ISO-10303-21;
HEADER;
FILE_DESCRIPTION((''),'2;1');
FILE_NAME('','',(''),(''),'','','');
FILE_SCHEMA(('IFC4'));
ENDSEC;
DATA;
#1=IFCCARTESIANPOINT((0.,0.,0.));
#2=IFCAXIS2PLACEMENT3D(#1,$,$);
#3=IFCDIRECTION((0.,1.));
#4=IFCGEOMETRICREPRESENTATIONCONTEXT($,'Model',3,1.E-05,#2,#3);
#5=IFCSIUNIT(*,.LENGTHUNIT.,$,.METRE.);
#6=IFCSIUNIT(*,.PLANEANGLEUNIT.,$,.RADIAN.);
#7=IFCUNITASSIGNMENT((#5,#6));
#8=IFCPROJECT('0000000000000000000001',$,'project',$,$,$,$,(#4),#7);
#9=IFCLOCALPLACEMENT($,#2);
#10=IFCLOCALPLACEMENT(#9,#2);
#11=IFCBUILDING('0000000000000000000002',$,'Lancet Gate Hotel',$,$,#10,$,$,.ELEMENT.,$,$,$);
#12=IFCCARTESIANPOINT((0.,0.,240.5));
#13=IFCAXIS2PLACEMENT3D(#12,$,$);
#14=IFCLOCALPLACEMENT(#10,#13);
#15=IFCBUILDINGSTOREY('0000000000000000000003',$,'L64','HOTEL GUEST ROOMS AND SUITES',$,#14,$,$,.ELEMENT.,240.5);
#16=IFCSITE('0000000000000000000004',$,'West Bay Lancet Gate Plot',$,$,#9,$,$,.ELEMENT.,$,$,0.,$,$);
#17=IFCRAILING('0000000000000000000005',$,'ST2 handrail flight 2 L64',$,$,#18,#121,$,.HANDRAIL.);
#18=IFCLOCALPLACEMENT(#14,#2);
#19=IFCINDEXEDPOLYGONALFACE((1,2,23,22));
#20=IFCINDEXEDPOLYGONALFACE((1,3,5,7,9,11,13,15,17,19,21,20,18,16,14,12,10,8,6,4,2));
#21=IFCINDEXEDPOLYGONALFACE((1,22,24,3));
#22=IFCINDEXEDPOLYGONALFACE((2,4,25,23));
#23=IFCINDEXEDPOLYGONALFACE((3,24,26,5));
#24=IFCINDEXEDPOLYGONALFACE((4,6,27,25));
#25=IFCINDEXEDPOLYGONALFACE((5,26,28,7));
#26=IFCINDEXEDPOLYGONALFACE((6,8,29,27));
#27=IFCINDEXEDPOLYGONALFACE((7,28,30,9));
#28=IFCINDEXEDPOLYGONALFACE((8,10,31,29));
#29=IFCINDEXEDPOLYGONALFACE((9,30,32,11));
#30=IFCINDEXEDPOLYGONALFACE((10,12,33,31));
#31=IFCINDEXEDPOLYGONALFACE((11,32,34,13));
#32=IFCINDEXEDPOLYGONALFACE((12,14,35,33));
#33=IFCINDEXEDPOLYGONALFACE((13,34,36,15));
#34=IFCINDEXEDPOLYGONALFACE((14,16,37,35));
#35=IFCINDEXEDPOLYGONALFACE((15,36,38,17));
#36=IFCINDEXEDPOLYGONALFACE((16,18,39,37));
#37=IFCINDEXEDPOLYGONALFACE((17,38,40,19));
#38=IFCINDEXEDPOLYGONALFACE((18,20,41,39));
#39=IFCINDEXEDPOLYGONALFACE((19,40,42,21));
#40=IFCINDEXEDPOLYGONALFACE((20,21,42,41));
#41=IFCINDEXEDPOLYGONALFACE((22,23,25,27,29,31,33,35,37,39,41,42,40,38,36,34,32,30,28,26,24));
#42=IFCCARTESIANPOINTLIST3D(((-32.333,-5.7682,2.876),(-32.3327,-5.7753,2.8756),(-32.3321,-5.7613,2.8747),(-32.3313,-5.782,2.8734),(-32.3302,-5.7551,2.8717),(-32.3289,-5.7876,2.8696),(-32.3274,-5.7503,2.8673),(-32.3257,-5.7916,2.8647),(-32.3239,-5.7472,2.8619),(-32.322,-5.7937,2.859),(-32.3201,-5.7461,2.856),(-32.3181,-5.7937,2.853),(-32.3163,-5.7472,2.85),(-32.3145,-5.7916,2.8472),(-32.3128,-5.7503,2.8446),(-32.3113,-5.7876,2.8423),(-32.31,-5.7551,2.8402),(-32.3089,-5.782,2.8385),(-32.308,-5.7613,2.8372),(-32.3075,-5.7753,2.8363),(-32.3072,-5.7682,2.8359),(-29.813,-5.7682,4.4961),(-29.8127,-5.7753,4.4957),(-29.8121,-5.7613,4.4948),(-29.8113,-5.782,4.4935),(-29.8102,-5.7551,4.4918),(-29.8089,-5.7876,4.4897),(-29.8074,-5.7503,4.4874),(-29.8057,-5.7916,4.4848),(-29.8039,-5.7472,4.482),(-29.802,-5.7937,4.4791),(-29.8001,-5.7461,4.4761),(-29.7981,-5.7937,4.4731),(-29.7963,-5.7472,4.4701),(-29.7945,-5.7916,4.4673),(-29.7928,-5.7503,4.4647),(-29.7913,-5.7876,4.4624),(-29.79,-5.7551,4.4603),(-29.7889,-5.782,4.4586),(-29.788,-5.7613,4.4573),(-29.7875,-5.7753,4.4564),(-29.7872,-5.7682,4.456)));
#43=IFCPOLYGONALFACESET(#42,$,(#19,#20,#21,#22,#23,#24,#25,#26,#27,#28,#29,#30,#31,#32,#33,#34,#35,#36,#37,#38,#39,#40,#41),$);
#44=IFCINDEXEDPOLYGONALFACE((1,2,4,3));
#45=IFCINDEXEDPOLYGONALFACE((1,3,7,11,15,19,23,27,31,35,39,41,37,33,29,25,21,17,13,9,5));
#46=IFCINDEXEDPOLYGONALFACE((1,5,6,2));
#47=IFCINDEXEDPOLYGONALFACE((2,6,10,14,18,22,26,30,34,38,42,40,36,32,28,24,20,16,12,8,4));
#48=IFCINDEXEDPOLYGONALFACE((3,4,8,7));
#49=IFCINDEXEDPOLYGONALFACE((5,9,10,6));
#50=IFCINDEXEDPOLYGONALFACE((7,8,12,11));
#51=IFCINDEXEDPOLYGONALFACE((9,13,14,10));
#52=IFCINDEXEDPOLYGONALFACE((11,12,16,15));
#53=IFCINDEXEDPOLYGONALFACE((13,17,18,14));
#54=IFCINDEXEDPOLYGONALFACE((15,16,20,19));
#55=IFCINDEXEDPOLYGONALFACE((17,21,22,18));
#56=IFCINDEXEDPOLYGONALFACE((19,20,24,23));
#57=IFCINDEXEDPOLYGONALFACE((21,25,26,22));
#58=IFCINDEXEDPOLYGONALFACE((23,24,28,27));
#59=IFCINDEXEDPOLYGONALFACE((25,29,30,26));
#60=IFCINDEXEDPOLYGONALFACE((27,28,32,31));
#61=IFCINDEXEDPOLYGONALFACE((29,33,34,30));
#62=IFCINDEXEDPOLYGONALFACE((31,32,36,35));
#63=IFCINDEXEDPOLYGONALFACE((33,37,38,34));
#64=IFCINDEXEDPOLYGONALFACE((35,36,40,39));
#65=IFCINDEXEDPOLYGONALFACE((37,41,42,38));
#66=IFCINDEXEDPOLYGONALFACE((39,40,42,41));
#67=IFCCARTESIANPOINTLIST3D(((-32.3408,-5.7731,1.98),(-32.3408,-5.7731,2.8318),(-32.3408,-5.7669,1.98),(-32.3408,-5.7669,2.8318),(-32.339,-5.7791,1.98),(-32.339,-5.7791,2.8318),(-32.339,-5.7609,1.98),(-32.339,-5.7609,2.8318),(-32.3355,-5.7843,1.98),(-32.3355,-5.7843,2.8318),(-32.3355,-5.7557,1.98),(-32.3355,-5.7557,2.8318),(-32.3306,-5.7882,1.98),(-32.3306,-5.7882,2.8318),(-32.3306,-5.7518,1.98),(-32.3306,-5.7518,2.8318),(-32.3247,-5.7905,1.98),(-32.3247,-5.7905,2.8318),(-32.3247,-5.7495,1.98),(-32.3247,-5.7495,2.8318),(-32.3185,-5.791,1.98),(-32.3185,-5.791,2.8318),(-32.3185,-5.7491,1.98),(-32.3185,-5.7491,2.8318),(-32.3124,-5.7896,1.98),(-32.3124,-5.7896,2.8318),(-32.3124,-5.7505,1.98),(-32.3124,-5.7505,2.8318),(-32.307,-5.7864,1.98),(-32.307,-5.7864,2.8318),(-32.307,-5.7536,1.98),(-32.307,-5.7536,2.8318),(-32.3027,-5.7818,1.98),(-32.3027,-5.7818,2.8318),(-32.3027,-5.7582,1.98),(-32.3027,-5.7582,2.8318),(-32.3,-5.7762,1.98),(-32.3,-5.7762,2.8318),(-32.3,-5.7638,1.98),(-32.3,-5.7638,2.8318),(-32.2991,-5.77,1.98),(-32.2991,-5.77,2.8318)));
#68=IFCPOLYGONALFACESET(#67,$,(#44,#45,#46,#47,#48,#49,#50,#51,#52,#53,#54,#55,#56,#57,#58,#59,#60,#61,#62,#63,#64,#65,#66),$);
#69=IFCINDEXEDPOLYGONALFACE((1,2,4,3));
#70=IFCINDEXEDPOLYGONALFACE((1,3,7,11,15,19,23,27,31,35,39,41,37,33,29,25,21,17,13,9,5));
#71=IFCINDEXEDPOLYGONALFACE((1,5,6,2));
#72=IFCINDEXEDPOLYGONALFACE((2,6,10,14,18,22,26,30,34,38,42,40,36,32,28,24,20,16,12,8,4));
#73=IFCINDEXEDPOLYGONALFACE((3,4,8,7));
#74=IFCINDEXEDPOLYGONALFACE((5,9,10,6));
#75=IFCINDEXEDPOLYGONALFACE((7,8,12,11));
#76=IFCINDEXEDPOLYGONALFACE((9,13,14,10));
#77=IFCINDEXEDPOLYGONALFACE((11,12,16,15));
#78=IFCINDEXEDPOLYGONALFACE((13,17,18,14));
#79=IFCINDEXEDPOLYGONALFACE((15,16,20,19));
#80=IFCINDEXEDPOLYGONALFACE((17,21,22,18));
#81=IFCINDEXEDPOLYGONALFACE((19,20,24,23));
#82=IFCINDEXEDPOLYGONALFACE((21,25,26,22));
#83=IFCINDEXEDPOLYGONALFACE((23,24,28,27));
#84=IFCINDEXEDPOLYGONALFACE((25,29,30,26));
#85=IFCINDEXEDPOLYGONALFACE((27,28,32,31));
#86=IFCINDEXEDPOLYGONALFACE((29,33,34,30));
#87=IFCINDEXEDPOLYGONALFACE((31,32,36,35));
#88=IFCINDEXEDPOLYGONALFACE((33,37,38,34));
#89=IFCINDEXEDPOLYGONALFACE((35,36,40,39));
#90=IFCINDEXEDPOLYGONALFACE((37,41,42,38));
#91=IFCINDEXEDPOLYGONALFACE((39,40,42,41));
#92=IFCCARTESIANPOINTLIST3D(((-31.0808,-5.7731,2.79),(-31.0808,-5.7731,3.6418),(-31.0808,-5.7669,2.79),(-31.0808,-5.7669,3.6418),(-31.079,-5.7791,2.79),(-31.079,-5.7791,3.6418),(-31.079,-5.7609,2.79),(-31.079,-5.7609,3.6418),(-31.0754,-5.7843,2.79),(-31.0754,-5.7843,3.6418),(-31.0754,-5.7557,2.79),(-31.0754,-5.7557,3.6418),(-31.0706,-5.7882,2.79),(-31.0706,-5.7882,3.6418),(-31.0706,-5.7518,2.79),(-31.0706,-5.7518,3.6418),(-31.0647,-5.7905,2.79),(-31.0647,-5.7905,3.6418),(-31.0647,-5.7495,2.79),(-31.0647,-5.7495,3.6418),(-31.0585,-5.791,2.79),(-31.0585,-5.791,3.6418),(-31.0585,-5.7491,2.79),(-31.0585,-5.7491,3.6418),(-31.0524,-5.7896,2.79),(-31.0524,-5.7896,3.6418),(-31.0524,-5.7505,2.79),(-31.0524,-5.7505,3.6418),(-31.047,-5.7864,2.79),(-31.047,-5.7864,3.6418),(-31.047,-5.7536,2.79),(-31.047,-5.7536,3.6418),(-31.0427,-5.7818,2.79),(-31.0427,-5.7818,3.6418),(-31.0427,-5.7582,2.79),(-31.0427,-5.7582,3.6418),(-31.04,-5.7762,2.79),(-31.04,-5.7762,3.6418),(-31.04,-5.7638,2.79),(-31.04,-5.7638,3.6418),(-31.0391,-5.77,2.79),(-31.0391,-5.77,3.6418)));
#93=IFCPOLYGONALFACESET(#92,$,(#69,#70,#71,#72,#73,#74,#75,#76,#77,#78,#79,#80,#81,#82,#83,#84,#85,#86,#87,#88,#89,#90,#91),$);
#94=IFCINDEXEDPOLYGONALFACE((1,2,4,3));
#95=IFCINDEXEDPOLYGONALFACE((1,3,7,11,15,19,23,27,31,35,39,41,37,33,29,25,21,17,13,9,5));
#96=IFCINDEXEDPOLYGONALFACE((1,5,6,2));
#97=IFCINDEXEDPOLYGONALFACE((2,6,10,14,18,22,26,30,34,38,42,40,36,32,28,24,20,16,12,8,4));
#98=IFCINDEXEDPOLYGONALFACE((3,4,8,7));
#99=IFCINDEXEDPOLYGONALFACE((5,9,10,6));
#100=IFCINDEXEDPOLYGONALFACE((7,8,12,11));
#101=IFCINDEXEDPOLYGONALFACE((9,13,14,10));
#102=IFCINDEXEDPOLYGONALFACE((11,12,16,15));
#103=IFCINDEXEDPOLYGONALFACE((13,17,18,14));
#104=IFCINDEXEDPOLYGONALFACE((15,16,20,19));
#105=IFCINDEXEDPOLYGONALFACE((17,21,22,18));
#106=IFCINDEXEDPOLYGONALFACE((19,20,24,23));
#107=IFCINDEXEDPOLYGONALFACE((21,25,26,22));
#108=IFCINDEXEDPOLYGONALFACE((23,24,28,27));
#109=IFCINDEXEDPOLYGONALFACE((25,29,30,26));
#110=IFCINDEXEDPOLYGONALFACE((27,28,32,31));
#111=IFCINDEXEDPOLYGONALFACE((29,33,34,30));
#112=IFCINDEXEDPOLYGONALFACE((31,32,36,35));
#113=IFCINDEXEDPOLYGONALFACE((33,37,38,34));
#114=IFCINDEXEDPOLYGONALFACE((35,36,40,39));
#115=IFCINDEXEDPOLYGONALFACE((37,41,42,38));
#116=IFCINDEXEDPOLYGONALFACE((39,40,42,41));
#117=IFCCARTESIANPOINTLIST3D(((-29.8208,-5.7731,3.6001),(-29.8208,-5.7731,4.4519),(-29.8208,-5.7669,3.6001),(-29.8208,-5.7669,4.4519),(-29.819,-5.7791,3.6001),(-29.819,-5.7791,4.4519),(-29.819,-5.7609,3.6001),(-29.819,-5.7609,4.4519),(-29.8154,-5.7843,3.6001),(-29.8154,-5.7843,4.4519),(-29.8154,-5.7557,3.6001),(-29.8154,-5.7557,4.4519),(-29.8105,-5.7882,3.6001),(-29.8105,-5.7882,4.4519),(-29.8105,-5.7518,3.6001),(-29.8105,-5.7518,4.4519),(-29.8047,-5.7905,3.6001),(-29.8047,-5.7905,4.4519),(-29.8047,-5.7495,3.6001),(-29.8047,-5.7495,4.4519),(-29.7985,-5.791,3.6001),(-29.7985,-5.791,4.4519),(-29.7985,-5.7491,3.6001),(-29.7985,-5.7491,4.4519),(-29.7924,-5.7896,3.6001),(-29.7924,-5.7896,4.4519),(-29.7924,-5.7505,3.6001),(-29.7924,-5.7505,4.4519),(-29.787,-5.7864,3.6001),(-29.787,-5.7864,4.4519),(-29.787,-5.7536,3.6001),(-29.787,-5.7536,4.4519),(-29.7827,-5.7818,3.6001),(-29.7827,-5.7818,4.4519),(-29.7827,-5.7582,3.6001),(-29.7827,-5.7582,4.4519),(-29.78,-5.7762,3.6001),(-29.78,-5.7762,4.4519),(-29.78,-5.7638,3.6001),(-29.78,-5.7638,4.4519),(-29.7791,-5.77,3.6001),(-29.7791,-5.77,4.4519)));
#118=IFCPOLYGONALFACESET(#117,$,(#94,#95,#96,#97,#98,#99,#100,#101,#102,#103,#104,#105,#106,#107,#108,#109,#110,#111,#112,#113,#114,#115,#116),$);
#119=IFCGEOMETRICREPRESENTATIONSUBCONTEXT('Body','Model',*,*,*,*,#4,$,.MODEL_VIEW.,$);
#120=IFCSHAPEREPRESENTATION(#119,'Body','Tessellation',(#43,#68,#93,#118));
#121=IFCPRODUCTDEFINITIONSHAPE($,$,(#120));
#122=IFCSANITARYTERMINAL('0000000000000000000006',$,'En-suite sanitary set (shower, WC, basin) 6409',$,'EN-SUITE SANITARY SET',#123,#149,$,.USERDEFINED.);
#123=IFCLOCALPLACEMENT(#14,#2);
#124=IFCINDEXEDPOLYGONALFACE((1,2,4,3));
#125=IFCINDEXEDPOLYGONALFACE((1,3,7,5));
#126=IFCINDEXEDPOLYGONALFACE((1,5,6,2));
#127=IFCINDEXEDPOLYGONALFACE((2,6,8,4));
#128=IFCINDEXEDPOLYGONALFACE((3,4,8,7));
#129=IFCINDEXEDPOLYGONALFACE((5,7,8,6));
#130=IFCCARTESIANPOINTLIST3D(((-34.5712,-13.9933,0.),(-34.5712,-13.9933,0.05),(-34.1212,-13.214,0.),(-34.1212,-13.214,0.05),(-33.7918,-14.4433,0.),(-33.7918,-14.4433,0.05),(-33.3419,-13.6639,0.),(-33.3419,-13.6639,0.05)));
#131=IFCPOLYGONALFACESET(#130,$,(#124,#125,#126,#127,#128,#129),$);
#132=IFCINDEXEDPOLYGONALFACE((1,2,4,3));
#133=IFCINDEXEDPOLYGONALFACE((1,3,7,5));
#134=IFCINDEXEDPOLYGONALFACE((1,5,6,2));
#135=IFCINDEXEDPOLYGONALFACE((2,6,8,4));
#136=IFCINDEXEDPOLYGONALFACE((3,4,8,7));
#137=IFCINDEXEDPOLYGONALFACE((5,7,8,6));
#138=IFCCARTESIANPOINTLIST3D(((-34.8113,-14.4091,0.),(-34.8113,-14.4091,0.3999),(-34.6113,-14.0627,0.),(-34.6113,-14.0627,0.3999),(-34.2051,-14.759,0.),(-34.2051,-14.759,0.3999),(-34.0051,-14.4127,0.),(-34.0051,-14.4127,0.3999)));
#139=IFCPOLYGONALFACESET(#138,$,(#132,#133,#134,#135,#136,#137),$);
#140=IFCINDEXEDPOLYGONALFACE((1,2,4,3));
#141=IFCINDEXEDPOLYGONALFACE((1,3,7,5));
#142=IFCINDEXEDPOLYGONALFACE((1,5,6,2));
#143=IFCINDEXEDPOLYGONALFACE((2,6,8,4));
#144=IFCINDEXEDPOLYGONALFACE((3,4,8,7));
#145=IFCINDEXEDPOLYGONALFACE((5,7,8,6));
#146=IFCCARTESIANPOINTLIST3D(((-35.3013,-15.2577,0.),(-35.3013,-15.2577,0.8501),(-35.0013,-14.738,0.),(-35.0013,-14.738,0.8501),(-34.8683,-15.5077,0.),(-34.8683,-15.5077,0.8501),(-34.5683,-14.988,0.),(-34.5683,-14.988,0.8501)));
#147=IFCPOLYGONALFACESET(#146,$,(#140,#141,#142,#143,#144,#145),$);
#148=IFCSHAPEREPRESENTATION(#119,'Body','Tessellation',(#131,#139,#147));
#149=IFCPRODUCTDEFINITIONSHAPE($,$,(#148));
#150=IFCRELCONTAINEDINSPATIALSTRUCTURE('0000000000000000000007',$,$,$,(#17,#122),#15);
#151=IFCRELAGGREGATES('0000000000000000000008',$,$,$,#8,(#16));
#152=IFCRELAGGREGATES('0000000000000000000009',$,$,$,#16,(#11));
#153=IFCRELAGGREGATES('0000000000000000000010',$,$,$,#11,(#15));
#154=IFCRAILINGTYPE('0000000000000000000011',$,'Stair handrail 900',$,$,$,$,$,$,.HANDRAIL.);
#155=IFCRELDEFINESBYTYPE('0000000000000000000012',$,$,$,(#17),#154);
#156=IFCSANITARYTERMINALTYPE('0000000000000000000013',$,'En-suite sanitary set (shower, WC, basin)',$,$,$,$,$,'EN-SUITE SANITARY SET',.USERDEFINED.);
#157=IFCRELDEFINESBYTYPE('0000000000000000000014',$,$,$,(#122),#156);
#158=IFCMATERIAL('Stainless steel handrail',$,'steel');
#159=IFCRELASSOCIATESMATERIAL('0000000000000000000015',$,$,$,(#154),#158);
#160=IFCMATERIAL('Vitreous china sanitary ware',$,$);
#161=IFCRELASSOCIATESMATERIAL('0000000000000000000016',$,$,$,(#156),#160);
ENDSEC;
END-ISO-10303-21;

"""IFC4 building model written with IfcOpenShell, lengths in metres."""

from ifc_helpers import new_model, si_unit, direction, frame, origin, origin_2d, place, context, subcontext, project, spatial, rectangle, circle, extrude, material, type_object, element, save


model = new_model("IFC4")

# Units and contexts
model_context = context("Model", 3, precision=1e-05, world=origin(), true_north=direction((0.0, 1.0)))
body_context = subcontext(model_context, "Body", "Model", "MODEL_VIEW")
ifc_project = project(units=[si_unit("LENGTHUNIT", "METRE"), si_unit("PLANEANGLEUNIT", "RADIAN")], contexts=[model_context])

# Site, building, storey
site_placement = place(None, origin())
site = spatial("IfcSite", under=ifc_project, at=site_placement, Name="West Bay Lancet Gate Plot", CompositionType="ELEMENT", RefElevation=0.0)
building_placement = place(site_placement, origin())
building = spatial("IfcBuilding", under=site, at=building_placement, Name="Lancet Gate Hotel", CompositionType="ELEMENT")
storey_placement = place(building_placement, frame((0.0, 0.0, 240.5)))
storey = spatial("IfcBuildingStorey", under=building, at=storey_placement, Name="L64", Description="HOTEL GUEST ROOMS AND SUITES", CompositionType="ELEMENT", Elevation=240.5)

# Railing
ifc_material_1 = material(Name="Stainless steel handrail", Category="steel")
railing_type = type_object("IfcRailingType", Name="Stair handrail 900", PredefinedType="HANDRAIL", material=ifc_material_1)
railing_1_placement = place(storey_placement, frame((-32.3201, -5.77, 1.98)))
element("IfcRailing", 1, at=railing_1_placement, inside=storey, type_object=railing_type, Name="ST2 handrail flight 2 L64", PredefinedType="HANDRAIL", context=body_context, shape_type="SweptSolid", body=[
    extrude(circle(Radius=0.0239, at=origin_2d()), frame((0.0, 0.0, 0.876), z_axis=(0.841163, 0.0, 0.540782), x_axis=(0.0, 1.0, 0.0)), (0.0, 0.0, 1.0), 2.9958),
    extrude(circle(Radius=0.021, at=origin_2d()), origin(), (0.0, 0.0, 1.0), 0.8518),
    extrude(circle(Radius=0.021, at=origin_2d()), frame((1.26, 0.0, 0.8101)), (0.0, 0.0, 1.0), 0.8518),
    extrude(circle(Radius=0.021, at=origin_2d()), frame((2.52, 0.0, 1.6201)), (0.0, 0.0, 1.0), 0.8518),
])

# Sanitary terminal
ifc_material_2 = material(Name="Vitreous china sanitary ware")
sanitary_terminal_type = type_object("IfcSanitaryTerminalType", Name="En-suite sanitary set (shower, WC, basin)", ElementType="EN-SUITE SANITARY SET", PredefinedType="USERDEFINED", material=ifc_material_2)
sanitary_terminal_placement = place(storey_placement, frame((-33.9565, -13.8286, 0.0), z_axis=(0.0, 0.0, 1.0), x_axis=(1.0, 0.0, 0.0)))
element("IfcSanitaryTerminal", 2, at=sanitary_terminal_placement, inside=storey, type_object=sanitary_terminal_type, Name="En-suite sanitary set (shower, WC, basin) 6409", ObjectType="EN-SUITE SANITARY SET", PredefinedType="USERDEFINED", context=body_context, shape_type="SweptSolid", body=[
    extrude(rectangle(XDim=0.8999, YDim=0.8999, at=origin_2d()), frame((0.0, 0.0, 0.0), z_axis=(0.0, 0.0, 1.0), x_axis=(0.5, 0.866025, 0.0)), (0.0, 0.0, 1.0), 0.05),
    extrude(rectangle(XDim=0.3999, YDim=0.7, at=origin_2d()), frame((-0.4517, -0.5823, 0.0), z_axis=(0.0, 0.0, 1.0), x_axis=(0.5, 0.866025, 0.0)), (0.0, 0.0, 1.0), 0.3999),
    extrude(rectangle(XDim=0.6001, YDim=0.5, at=origin_2d()), frame((-0.9783, -1.2942, 0.0), z_axis=(0.0, 0.0, 1.0), x_axis=(0.5, 0.866025, 0.0)), (0.0, 0.0, 1.0), 0.8501),
])

save(model, "model.ifc")
